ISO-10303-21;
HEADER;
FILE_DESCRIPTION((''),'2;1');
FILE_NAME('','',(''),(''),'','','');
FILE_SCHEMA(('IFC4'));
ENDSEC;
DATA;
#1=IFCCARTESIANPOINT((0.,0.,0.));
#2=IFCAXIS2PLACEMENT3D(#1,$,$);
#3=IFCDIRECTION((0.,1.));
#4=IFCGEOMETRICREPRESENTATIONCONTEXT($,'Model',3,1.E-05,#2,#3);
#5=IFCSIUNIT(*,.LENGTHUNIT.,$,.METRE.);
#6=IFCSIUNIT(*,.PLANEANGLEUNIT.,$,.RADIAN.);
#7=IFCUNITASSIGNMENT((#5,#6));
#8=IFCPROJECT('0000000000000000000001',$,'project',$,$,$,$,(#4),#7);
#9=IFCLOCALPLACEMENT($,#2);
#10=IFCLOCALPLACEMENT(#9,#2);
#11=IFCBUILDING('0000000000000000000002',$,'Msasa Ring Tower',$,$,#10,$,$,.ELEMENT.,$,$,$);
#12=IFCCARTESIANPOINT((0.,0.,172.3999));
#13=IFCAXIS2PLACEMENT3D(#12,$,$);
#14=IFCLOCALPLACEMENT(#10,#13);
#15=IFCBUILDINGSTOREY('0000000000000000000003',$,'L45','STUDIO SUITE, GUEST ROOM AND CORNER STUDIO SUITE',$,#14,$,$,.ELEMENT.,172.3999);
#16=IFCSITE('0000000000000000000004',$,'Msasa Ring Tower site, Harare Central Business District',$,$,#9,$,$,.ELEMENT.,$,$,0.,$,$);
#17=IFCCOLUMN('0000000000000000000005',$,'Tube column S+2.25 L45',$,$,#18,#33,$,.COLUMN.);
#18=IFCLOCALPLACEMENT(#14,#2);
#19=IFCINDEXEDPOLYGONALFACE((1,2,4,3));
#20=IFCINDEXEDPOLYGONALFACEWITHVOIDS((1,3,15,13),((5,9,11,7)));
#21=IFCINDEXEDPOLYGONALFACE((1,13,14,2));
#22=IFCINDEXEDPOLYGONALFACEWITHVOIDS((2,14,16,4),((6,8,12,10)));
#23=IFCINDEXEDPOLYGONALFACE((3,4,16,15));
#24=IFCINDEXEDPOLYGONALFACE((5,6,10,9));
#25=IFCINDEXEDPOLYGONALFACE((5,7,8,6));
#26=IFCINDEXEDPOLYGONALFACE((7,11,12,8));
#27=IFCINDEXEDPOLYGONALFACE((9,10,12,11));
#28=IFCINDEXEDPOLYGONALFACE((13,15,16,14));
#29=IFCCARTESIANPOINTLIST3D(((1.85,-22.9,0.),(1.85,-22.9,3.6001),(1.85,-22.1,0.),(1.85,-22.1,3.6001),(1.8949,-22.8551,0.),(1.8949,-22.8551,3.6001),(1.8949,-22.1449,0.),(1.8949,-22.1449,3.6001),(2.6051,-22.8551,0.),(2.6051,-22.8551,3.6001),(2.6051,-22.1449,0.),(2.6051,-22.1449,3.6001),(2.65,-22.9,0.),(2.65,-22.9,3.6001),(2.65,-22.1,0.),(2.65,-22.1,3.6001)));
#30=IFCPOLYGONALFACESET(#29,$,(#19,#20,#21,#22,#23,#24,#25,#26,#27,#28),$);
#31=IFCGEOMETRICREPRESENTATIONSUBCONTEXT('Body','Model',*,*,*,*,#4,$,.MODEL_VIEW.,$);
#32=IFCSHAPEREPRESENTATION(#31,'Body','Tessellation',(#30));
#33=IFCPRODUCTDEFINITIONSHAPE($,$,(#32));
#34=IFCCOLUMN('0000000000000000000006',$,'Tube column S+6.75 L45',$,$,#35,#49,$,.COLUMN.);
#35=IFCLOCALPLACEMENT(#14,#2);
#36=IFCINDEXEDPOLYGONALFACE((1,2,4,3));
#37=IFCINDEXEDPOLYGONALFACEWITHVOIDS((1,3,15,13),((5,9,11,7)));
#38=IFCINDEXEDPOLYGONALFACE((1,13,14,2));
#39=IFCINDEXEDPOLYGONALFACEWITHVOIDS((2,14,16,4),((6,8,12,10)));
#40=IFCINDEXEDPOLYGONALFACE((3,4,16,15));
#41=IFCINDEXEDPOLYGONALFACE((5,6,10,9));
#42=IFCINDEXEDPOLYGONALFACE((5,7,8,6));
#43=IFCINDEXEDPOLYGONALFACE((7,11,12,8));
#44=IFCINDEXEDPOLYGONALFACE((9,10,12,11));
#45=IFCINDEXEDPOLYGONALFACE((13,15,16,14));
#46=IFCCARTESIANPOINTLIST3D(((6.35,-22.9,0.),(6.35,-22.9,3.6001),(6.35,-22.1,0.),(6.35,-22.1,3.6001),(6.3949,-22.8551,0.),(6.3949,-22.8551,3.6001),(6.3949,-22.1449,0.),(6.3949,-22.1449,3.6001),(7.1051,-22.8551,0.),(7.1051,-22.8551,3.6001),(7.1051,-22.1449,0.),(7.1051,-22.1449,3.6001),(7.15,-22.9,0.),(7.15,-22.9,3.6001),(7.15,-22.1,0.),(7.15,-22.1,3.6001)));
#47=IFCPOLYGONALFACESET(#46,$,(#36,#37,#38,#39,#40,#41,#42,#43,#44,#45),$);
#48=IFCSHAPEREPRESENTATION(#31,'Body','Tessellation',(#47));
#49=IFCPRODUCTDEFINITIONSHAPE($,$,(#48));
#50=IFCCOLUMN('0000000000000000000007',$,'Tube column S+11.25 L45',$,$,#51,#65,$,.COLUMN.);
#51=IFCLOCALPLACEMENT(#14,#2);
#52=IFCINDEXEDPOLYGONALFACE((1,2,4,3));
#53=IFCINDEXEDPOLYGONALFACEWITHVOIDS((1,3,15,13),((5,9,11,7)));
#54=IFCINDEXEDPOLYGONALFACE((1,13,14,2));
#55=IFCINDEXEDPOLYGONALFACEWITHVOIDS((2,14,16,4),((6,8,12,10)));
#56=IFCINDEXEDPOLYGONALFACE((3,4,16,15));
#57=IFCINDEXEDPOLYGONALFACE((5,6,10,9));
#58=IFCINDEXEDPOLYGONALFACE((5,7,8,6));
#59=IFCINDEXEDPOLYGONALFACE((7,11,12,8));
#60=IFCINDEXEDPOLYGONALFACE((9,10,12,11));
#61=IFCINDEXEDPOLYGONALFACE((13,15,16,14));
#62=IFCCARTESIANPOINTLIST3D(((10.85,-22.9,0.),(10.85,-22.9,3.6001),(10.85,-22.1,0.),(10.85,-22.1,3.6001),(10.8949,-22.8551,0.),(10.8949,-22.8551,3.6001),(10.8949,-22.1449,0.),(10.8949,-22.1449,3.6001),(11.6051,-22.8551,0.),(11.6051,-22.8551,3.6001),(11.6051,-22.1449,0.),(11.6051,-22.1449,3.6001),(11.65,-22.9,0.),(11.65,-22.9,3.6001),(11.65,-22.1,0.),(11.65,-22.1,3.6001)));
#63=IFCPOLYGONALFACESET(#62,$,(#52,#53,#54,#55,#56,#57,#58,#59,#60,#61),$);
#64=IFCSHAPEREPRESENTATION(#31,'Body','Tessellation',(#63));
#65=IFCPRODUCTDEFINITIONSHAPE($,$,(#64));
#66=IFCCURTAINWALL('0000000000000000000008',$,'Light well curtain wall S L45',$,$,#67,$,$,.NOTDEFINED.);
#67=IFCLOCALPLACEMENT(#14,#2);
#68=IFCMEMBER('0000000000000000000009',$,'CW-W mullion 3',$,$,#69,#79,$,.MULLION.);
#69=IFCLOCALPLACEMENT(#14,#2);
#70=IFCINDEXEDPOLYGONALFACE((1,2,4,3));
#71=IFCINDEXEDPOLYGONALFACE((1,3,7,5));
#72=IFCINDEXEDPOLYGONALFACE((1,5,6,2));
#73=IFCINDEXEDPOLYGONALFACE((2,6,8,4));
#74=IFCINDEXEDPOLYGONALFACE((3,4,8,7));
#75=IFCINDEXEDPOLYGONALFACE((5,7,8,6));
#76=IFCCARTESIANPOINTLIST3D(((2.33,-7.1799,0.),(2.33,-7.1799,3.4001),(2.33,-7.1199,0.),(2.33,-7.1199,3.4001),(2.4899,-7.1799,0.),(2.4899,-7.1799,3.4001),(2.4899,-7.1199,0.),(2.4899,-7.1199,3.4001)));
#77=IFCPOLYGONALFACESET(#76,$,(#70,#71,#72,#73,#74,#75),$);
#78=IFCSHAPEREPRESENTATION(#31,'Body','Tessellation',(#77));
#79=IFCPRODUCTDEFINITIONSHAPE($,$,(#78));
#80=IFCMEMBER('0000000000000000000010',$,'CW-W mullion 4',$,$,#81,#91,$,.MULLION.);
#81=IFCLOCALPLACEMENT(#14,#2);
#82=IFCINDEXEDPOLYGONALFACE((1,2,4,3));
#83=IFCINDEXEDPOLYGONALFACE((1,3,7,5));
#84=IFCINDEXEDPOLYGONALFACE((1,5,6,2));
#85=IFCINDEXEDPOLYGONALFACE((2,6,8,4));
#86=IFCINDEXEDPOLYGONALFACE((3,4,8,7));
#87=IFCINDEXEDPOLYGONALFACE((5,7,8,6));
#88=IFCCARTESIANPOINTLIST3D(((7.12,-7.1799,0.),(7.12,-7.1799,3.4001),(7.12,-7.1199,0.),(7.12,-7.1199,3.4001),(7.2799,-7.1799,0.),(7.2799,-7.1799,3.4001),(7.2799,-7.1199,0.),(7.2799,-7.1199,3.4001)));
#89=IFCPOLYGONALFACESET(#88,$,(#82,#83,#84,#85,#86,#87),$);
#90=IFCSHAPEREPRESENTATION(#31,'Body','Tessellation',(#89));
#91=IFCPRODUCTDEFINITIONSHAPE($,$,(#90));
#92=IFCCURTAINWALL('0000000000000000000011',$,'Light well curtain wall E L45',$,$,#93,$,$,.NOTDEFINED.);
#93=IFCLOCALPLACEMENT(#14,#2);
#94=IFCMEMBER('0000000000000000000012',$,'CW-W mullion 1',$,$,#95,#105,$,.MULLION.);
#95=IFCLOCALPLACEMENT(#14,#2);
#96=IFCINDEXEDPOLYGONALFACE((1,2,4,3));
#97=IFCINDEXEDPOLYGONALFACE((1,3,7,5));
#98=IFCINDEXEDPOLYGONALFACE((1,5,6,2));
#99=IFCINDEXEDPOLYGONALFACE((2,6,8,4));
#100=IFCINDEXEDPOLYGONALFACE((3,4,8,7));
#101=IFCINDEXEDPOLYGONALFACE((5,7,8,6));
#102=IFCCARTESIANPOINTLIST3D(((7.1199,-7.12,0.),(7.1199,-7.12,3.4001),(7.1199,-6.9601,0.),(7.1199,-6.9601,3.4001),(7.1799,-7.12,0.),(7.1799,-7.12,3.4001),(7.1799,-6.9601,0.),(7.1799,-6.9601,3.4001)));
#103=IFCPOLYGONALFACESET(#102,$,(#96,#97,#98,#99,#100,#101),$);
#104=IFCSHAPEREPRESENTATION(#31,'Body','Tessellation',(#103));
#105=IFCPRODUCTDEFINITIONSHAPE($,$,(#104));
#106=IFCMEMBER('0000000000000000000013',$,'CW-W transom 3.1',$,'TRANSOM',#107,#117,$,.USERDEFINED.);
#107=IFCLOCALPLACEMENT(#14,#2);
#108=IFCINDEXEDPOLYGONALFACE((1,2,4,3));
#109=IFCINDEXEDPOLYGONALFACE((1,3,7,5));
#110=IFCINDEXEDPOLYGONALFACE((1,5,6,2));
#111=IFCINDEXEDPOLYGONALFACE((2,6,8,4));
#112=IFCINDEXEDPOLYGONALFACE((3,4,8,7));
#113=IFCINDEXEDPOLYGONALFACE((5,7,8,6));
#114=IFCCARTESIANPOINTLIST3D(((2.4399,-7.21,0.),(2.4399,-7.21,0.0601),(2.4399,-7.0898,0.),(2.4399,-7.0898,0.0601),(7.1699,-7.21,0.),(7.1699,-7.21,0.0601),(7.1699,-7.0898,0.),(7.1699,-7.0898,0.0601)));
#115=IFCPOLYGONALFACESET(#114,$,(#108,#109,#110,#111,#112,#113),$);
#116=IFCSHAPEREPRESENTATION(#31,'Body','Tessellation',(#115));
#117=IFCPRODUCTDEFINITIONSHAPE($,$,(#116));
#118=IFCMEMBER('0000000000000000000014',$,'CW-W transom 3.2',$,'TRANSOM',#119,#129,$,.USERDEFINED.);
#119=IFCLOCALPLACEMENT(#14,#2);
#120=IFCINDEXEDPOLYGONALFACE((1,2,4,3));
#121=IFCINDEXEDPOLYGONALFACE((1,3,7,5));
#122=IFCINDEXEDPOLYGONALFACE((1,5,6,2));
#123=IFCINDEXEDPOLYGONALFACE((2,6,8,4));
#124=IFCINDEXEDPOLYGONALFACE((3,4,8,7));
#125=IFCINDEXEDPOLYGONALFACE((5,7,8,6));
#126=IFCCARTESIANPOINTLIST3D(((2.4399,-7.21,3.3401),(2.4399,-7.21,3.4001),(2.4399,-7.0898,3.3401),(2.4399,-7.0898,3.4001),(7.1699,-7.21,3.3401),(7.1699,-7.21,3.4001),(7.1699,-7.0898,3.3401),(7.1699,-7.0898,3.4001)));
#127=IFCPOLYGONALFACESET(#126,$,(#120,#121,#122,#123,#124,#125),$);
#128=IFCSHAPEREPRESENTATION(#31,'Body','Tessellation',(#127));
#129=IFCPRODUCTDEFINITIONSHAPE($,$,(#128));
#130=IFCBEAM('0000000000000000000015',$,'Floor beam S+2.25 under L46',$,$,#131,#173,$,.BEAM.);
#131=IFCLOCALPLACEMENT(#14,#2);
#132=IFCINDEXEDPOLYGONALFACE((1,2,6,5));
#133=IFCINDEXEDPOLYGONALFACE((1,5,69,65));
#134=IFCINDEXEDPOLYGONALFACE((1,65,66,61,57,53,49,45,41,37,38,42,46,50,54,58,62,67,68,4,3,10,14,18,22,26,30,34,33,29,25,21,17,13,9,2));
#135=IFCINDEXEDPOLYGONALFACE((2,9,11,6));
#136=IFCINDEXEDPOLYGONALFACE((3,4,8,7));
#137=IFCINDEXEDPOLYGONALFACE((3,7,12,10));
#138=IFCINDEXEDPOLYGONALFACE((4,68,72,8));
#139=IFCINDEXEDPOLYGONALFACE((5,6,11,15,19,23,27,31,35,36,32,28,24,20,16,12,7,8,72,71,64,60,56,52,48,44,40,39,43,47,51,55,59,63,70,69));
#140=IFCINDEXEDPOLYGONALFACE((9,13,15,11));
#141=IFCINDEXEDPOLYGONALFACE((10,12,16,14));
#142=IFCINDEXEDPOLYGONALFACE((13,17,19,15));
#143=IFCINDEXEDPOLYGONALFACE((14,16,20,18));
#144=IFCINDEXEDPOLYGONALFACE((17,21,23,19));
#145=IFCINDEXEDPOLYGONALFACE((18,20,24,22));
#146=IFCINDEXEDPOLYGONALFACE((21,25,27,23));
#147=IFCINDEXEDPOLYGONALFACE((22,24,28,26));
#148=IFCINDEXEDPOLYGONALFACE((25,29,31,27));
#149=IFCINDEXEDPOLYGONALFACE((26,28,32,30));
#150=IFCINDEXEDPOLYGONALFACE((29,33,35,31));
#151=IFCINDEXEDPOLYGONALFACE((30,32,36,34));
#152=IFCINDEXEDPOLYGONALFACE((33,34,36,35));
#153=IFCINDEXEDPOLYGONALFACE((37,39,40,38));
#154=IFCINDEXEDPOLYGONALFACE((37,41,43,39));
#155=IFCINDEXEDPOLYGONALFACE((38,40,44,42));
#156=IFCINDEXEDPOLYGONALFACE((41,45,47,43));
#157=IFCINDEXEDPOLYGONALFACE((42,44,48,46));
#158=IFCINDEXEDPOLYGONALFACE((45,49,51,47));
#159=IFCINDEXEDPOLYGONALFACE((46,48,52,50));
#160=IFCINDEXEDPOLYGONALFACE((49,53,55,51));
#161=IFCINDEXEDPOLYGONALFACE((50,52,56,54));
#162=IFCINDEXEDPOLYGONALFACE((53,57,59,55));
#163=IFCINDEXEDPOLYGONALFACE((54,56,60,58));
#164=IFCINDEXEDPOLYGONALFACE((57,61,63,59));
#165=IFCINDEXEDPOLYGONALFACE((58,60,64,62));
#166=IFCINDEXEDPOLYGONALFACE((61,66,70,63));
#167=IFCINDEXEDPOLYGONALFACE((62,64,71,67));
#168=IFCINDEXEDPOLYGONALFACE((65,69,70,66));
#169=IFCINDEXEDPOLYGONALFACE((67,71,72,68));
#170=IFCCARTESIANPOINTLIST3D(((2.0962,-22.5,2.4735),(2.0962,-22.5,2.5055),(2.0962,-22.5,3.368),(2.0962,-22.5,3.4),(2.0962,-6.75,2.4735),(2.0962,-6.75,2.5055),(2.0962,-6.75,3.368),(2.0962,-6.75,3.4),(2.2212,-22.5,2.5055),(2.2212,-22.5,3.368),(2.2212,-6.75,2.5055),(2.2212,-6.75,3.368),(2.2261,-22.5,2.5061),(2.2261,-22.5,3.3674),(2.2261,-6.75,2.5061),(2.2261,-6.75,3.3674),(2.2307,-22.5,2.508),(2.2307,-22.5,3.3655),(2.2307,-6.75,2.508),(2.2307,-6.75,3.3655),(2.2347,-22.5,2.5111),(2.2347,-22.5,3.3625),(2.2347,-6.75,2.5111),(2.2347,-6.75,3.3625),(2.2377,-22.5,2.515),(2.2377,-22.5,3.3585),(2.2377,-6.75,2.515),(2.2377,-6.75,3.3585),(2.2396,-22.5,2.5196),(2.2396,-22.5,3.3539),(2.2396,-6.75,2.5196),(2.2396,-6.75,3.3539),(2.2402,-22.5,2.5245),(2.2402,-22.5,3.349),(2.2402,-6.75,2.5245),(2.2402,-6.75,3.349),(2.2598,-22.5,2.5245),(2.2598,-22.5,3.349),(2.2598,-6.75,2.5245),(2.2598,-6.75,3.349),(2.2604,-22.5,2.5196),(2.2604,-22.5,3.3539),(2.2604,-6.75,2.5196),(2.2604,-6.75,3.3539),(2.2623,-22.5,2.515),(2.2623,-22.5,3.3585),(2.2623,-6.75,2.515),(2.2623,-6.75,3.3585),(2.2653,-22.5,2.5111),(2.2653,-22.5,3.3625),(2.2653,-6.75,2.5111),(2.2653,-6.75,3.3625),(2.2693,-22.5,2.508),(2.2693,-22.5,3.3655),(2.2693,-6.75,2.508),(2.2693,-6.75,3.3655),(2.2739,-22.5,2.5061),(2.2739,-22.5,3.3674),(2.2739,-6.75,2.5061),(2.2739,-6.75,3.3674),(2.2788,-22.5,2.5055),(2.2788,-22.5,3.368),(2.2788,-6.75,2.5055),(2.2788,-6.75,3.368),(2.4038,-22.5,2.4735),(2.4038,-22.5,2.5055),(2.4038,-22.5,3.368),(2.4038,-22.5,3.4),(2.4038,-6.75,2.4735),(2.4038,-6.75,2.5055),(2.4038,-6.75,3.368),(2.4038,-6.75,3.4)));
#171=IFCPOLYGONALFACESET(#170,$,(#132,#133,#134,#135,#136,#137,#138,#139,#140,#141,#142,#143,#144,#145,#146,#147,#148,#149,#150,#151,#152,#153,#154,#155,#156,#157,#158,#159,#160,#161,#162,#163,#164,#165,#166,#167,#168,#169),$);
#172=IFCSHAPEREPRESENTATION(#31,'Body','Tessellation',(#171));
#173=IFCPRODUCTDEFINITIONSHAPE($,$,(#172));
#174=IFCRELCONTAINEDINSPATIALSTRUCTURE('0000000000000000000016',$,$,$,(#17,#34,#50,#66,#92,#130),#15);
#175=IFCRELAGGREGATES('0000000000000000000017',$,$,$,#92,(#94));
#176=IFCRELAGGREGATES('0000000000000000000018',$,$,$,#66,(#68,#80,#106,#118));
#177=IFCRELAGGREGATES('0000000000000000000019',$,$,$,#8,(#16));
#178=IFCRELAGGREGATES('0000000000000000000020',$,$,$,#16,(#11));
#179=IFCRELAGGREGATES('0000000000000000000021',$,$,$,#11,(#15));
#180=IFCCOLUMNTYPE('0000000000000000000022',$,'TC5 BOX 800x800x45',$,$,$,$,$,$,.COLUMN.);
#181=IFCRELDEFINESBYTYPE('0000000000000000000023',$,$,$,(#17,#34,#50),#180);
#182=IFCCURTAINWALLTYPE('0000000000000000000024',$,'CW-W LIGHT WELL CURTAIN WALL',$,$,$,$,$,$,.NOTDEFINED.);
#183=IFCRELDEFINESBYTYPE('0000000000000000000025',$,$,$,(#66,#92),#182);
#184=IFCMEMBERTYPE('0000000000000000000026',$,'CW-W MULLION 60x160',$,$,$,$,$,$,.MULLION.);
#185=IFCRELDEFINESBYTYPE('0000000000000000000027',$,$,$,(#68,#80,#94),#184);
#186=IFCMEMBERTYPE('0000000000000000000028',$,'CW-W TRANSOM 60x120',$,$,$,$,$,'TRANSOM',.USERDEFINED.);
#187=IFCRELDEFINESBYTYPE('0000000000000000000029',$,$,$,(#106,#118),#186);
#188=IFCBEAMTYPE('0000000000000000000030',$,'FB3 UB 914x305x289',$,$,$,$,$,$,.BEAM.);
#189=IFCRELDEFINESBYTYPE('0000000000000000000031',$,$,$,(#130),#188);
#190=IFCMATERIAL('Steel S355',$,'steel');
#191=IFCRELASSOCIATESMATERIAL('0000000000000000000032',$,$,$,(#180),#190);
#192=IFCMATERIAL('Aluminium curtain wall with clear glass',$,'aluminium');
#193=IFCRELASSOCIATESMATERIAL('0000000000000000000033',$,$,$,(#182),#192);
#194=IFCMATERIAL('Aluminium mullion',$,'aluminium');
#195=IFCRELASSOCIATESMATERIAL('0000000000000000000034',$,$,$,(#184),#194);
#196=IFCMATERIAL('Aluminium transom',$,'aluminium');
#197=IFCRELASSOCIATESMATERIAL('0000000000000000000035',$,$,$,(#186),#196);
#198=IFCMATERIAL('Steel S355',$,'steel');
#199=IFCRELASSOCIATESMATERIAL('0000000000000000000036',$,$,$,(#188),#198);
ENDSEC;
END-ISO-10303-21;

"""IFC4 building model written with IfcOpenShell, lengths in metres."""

from ifc_helpers import new_model, si_unit, direction, frame, origin, origin_2d, place, context, subcontext, project, spatial, rectangle, hollow_rectangle, i_section, extrude, material, material_profile, profile_set, type_object, element, aggregate, save


model = new_model("IFC4")

# Units and contexts
model_context = context("Model", 3, precision=1e-05, world=origin(), true_north=direction((0.0, 1.0)))
body_context = subcontext(model_context, "Body", "Model", "MODEL_VIEW")
ifc_project = project(units=[si_unit("LENGTHUNIT", "METRE"), si_unit("PLANEANGLEUNIT", "RADIAN")], contexts=[model_context])

# Site, building, storey
site_placement = place(None, origin())
site = spatial("IfcSite", under=ifc_project, at=site_placement, Name="Msasa Ring Tower site, Harare Central Business District", CompositionType="ELEMENT", RefElevation=0.0)
building_placement = place(site_placement, origin())
building = spatial("IfcBuilding", under=site, at=building_placement, Name="Msasa Ring Tower", CompositionType="ELEMENT")
storey_placement = place(building_placement, frame((0.0, 0.0, 172.3999)))
storey = spatial("IfcBuildingStorey", under=building, at=storey_placement, Name="L45", Description="STUDIO SUITE, GUEST ROOM AND CORNER STUDIO SUITE", CompositionType="ELEMENT", Elevation=172.3999)

# Columns
ifc_material_1 = material(Name="Steel S355", Category="steel")
ifc_material_profile_1 = material_profile(ifc_material_1, hollow_rectangle(XDim=0.8, YDim=0.8, WallThickness=0.0449, at=origin_2d()), Name="BOX 800x800x45")
ifc_profile_set_1 = profile_set([ifc_material_profile_1], Name="Steel S355")
column_type = type_object("IfcColumnType", Name="TC5 BOX 800x800x45", PredefinedType="COLUMN", material=ifc_profile_set_1)
for number, where, z_axis, x_axis, name in (
    (1, (2.25, -22.5, 0.0), (0.0, 0.0, 1.0), (0.0, 1.0, 0.0), "Tube column S+2.25 L45"),
    (2, (6.75, -22.5, 0.0), (0.0, 0.0, 1.0), (0.0, 1.0, 0.0), "Tube column S+6.75 L45"),
    (3, (11.25, -22.5, 0.0), (0.0, 0.0, 1.0), (0.0, 1.0, 0.0), "Tube column S+11.25 L45"),
):
    element("IfcColumn", number, at=place(storey_placement, frame(where, z_axis=z_axis, x_axis=x_axis)), inside=storey, type_object=column_type, Name=name, PredefinedType="COLUMN", context=body_context, shape_type="SweptSolid", body=[
        extrude(hollow_rectangle(XDim=0.8, YDim=0.8, WallThickness=0.0449, at=origin_2d()), origin(), (0.0, 0.0, 1.0), 3.6001),
    ])

# Curtain wall, members
ifc_material_2 = material(Name="Aluminium curtain wall with clear glass", Category="aluminium")
curtain_wall_type = type_object("IfcCurtainWallType", Name="CW-W LIGHT WELL CURTAIN WALL", PredefinedType="NOTDEFINED", material=ifc_material_2)
curtain_wall_1_placement = place(storey_placement, origin())
curtain_wall_1 = element("IfcCurtainWall", 4, at=curtain_wall_1_placement, inside=storey, type_object=curtain_wall_type, Name="Light well curtain wall S L45", PredefinedType="NOTDEFINED")
ifc_material_3 = material(Name="Aluminium mullion", Category="aluminium")
ifc_material_profile_2 = material_profile(ifc_material_3, rectangle(XDim=0.0601, YDim=0.1599, at=origin_2d()), Name="AL 60x160")
ifc_profile_set_2 = profile_set([ifc_material_profile_2], Name="Aluminium mullion")
member_type_1 = type_object("IfcMemberType", Name="CW-W MULLION 60x160", PredefinedType="MULLION", material=ifc_profile_set_2)
member_1_placement = place(storey_placement, frame((2.4099, -7.1499, 0.0), z_axis=(0.0, 0.0, 1.0), x_axis=(0.0, 1.0, 0.0)))
member_1 = element("IfcMember", 5, at=member_1_placement, type_object=member_type_1, Name="CW-W mullion 3", PredefinedType="MULLION", context=body_context, shape_type="SweptSolid", body=[
    extrude(rectangle(XDim=0.0601, YDim=0.1599, at=origin_2d()), origin(), (0.0, 0.0, 1.0), 3.4001),
])
member_2_placement = place(storey_placement, frame((7.2, -7.1499, 0.0), z_axis=(0.0, 0.0, 1.0), x_axis=(0.0, 1.0, 0.0)))
member_2 = element("IfcMember", 6, at=member_2_placement, type_object=member_type_1, Name="CW-W mullion 4", PredefinedType="MULLION", context=body_context, shape_type="SweptSolid", body=[
    extrude(rectangle(XDim=0.0601, YDim=0.1599, at=origin_2d()), origin(), (0.0, 0.0, 1.0), 3.4001),
])

# Curtain wall, member
curtain_wall_2_placement = place(storey_placement, origin())
curtain_wall_2 = element("IfcCurtainWall", 7, at=curtain_wall_2_placement, inside=storey, type_object=curtain_wall_type, Name="Light well curtain wall E L45", PredefinedType="NOTDEFINED")
member_3_placement = place(storey_placement, frame((7.1499, -7.04, 0.0), z_axis=(0.0, 0.0, 1.0), x_axis=(-1.0, 0.0, 0.0)))
member_3 = element("IfcMember", 8, at=member_3_placement, type_object=member_type_1, Name="CW-W mullion 1", PredefinedType="MULLION", context=body_context, shape_type="SweptSolid", body=[
    extrude(rectangle(XDim=0.0601, YDim=0.1599, at=origin_2d()), origin(), (0.0, 0.0, 1.0), 3.4001),
])
aggregate(curtain_wall_2, [member_3])

# Members
ifc_material_4 = material(Name="Aluminium transom", Category="aluminium")
ifc_material_profile_3 = material_profile(ifc_material_4, rectangle(XDim=0.1201, YDim=0.0601, at=origin_2d()), Name="AL 60x120")
ifc_profile_set_3 = profile_set([ifc_material_profile_3], Name="Aluminium transom")
member_type_2 = type_object("IfcMemberType", Name="CW-W TRANSOM 60x120", ElementType="TRANSOM", PredefinedType="USERDEFINED", material=ifc_profile_set_3)
member_4_placement = place(storey_placement, frame((2.4399, -7.1499, 0.03), z_axis=(1.0, 0.0, 0.0), x_axis=(0.0, 1.0, 0.0)))
member_4 = element("IfcMember", 9, at=member_4_placement, type_object=member_type_2, Name="CW-W transom 3.1", ObjectType="TRANSOM", PredefinedType="USERDEFINED", context=body_context, shape_type="SweptSolid", body=[
    extrude(rectangle(XDim=0.1201, YDim=0.0601, at=origin_2d()), origin(), (0.0, 0.0, 1.0), 4.73),
])
member_5_placement = place(storey_placement, frame((2.4399, -7.1499, 3.3701), z_axis=(1.0, 0.0, 0.0), x_axis=(0.0, 1.0, 0.0)))
member_5 = element("IfcMember", 10, at=member_5_placement, type_object=member_type_2, Name="CW-W transom 3.2", ObjectType="TRANSOM", PredefinedType="USERDEFINED", context=body_context, shape_type="SweptSolid", body=[
    extrude(rectangle(XDim=0.1201, YDim=0.0601, at=origin_2d()), origin(), (0.0, 0.0, 1.0), 4.73),
])

# Beam
ifc_material_5 = material(Name="Steel S355", Category="steel")
ifc_material_profile_4 = material_profile(ifc_material_5, i_section(OverallWidth=0.3076, OverallDepth=0.9265, WebThickness=0.0195, FlangeThickness=0.032, FilletRadius=0.019, at=origin_2d()), Name="UB 914x305x289")
ifc_profile_set_4 = profile_set([ifc_material_profile_4], Name="Steel S355")
beam_type_1 = type_object("IfcBeamType", Name="FB3 UB 914x305x289", PredefinedType="BEAM", material=ifc_profile_set_4)
for number, where, z_axis, x_axis, name in (
    (11, (2.25, -22.5, 2.9368), (0.0, 1.0, 0.0), (-1.0, 0.0, 0.0), "Floor beam S+2.25 under L46"),
):
    element("IfcBeam", number, at=place(storey_placement, frame(where, z_axis=z_axis, x_axis=x_axis)), inside=storey, type_object=beam_type_1, Name=name, PredefinedType="BEAM", context=body_context, shape_type="SweptSolid", body=[
        extrude(i_section(OverallWidth=0.3076, OverallDepth=0.9265, WebThickness=0.0195, FlangeThickness=0.032, FilletRadius=0.019, at=origin_2d()), origin(), (0.0, 0.0, 1.0), 15.75),
    ])

aggregate(curtain_wall_1, [member_1, member_2, member_4, member_5])

save(model, "model.ifc")
